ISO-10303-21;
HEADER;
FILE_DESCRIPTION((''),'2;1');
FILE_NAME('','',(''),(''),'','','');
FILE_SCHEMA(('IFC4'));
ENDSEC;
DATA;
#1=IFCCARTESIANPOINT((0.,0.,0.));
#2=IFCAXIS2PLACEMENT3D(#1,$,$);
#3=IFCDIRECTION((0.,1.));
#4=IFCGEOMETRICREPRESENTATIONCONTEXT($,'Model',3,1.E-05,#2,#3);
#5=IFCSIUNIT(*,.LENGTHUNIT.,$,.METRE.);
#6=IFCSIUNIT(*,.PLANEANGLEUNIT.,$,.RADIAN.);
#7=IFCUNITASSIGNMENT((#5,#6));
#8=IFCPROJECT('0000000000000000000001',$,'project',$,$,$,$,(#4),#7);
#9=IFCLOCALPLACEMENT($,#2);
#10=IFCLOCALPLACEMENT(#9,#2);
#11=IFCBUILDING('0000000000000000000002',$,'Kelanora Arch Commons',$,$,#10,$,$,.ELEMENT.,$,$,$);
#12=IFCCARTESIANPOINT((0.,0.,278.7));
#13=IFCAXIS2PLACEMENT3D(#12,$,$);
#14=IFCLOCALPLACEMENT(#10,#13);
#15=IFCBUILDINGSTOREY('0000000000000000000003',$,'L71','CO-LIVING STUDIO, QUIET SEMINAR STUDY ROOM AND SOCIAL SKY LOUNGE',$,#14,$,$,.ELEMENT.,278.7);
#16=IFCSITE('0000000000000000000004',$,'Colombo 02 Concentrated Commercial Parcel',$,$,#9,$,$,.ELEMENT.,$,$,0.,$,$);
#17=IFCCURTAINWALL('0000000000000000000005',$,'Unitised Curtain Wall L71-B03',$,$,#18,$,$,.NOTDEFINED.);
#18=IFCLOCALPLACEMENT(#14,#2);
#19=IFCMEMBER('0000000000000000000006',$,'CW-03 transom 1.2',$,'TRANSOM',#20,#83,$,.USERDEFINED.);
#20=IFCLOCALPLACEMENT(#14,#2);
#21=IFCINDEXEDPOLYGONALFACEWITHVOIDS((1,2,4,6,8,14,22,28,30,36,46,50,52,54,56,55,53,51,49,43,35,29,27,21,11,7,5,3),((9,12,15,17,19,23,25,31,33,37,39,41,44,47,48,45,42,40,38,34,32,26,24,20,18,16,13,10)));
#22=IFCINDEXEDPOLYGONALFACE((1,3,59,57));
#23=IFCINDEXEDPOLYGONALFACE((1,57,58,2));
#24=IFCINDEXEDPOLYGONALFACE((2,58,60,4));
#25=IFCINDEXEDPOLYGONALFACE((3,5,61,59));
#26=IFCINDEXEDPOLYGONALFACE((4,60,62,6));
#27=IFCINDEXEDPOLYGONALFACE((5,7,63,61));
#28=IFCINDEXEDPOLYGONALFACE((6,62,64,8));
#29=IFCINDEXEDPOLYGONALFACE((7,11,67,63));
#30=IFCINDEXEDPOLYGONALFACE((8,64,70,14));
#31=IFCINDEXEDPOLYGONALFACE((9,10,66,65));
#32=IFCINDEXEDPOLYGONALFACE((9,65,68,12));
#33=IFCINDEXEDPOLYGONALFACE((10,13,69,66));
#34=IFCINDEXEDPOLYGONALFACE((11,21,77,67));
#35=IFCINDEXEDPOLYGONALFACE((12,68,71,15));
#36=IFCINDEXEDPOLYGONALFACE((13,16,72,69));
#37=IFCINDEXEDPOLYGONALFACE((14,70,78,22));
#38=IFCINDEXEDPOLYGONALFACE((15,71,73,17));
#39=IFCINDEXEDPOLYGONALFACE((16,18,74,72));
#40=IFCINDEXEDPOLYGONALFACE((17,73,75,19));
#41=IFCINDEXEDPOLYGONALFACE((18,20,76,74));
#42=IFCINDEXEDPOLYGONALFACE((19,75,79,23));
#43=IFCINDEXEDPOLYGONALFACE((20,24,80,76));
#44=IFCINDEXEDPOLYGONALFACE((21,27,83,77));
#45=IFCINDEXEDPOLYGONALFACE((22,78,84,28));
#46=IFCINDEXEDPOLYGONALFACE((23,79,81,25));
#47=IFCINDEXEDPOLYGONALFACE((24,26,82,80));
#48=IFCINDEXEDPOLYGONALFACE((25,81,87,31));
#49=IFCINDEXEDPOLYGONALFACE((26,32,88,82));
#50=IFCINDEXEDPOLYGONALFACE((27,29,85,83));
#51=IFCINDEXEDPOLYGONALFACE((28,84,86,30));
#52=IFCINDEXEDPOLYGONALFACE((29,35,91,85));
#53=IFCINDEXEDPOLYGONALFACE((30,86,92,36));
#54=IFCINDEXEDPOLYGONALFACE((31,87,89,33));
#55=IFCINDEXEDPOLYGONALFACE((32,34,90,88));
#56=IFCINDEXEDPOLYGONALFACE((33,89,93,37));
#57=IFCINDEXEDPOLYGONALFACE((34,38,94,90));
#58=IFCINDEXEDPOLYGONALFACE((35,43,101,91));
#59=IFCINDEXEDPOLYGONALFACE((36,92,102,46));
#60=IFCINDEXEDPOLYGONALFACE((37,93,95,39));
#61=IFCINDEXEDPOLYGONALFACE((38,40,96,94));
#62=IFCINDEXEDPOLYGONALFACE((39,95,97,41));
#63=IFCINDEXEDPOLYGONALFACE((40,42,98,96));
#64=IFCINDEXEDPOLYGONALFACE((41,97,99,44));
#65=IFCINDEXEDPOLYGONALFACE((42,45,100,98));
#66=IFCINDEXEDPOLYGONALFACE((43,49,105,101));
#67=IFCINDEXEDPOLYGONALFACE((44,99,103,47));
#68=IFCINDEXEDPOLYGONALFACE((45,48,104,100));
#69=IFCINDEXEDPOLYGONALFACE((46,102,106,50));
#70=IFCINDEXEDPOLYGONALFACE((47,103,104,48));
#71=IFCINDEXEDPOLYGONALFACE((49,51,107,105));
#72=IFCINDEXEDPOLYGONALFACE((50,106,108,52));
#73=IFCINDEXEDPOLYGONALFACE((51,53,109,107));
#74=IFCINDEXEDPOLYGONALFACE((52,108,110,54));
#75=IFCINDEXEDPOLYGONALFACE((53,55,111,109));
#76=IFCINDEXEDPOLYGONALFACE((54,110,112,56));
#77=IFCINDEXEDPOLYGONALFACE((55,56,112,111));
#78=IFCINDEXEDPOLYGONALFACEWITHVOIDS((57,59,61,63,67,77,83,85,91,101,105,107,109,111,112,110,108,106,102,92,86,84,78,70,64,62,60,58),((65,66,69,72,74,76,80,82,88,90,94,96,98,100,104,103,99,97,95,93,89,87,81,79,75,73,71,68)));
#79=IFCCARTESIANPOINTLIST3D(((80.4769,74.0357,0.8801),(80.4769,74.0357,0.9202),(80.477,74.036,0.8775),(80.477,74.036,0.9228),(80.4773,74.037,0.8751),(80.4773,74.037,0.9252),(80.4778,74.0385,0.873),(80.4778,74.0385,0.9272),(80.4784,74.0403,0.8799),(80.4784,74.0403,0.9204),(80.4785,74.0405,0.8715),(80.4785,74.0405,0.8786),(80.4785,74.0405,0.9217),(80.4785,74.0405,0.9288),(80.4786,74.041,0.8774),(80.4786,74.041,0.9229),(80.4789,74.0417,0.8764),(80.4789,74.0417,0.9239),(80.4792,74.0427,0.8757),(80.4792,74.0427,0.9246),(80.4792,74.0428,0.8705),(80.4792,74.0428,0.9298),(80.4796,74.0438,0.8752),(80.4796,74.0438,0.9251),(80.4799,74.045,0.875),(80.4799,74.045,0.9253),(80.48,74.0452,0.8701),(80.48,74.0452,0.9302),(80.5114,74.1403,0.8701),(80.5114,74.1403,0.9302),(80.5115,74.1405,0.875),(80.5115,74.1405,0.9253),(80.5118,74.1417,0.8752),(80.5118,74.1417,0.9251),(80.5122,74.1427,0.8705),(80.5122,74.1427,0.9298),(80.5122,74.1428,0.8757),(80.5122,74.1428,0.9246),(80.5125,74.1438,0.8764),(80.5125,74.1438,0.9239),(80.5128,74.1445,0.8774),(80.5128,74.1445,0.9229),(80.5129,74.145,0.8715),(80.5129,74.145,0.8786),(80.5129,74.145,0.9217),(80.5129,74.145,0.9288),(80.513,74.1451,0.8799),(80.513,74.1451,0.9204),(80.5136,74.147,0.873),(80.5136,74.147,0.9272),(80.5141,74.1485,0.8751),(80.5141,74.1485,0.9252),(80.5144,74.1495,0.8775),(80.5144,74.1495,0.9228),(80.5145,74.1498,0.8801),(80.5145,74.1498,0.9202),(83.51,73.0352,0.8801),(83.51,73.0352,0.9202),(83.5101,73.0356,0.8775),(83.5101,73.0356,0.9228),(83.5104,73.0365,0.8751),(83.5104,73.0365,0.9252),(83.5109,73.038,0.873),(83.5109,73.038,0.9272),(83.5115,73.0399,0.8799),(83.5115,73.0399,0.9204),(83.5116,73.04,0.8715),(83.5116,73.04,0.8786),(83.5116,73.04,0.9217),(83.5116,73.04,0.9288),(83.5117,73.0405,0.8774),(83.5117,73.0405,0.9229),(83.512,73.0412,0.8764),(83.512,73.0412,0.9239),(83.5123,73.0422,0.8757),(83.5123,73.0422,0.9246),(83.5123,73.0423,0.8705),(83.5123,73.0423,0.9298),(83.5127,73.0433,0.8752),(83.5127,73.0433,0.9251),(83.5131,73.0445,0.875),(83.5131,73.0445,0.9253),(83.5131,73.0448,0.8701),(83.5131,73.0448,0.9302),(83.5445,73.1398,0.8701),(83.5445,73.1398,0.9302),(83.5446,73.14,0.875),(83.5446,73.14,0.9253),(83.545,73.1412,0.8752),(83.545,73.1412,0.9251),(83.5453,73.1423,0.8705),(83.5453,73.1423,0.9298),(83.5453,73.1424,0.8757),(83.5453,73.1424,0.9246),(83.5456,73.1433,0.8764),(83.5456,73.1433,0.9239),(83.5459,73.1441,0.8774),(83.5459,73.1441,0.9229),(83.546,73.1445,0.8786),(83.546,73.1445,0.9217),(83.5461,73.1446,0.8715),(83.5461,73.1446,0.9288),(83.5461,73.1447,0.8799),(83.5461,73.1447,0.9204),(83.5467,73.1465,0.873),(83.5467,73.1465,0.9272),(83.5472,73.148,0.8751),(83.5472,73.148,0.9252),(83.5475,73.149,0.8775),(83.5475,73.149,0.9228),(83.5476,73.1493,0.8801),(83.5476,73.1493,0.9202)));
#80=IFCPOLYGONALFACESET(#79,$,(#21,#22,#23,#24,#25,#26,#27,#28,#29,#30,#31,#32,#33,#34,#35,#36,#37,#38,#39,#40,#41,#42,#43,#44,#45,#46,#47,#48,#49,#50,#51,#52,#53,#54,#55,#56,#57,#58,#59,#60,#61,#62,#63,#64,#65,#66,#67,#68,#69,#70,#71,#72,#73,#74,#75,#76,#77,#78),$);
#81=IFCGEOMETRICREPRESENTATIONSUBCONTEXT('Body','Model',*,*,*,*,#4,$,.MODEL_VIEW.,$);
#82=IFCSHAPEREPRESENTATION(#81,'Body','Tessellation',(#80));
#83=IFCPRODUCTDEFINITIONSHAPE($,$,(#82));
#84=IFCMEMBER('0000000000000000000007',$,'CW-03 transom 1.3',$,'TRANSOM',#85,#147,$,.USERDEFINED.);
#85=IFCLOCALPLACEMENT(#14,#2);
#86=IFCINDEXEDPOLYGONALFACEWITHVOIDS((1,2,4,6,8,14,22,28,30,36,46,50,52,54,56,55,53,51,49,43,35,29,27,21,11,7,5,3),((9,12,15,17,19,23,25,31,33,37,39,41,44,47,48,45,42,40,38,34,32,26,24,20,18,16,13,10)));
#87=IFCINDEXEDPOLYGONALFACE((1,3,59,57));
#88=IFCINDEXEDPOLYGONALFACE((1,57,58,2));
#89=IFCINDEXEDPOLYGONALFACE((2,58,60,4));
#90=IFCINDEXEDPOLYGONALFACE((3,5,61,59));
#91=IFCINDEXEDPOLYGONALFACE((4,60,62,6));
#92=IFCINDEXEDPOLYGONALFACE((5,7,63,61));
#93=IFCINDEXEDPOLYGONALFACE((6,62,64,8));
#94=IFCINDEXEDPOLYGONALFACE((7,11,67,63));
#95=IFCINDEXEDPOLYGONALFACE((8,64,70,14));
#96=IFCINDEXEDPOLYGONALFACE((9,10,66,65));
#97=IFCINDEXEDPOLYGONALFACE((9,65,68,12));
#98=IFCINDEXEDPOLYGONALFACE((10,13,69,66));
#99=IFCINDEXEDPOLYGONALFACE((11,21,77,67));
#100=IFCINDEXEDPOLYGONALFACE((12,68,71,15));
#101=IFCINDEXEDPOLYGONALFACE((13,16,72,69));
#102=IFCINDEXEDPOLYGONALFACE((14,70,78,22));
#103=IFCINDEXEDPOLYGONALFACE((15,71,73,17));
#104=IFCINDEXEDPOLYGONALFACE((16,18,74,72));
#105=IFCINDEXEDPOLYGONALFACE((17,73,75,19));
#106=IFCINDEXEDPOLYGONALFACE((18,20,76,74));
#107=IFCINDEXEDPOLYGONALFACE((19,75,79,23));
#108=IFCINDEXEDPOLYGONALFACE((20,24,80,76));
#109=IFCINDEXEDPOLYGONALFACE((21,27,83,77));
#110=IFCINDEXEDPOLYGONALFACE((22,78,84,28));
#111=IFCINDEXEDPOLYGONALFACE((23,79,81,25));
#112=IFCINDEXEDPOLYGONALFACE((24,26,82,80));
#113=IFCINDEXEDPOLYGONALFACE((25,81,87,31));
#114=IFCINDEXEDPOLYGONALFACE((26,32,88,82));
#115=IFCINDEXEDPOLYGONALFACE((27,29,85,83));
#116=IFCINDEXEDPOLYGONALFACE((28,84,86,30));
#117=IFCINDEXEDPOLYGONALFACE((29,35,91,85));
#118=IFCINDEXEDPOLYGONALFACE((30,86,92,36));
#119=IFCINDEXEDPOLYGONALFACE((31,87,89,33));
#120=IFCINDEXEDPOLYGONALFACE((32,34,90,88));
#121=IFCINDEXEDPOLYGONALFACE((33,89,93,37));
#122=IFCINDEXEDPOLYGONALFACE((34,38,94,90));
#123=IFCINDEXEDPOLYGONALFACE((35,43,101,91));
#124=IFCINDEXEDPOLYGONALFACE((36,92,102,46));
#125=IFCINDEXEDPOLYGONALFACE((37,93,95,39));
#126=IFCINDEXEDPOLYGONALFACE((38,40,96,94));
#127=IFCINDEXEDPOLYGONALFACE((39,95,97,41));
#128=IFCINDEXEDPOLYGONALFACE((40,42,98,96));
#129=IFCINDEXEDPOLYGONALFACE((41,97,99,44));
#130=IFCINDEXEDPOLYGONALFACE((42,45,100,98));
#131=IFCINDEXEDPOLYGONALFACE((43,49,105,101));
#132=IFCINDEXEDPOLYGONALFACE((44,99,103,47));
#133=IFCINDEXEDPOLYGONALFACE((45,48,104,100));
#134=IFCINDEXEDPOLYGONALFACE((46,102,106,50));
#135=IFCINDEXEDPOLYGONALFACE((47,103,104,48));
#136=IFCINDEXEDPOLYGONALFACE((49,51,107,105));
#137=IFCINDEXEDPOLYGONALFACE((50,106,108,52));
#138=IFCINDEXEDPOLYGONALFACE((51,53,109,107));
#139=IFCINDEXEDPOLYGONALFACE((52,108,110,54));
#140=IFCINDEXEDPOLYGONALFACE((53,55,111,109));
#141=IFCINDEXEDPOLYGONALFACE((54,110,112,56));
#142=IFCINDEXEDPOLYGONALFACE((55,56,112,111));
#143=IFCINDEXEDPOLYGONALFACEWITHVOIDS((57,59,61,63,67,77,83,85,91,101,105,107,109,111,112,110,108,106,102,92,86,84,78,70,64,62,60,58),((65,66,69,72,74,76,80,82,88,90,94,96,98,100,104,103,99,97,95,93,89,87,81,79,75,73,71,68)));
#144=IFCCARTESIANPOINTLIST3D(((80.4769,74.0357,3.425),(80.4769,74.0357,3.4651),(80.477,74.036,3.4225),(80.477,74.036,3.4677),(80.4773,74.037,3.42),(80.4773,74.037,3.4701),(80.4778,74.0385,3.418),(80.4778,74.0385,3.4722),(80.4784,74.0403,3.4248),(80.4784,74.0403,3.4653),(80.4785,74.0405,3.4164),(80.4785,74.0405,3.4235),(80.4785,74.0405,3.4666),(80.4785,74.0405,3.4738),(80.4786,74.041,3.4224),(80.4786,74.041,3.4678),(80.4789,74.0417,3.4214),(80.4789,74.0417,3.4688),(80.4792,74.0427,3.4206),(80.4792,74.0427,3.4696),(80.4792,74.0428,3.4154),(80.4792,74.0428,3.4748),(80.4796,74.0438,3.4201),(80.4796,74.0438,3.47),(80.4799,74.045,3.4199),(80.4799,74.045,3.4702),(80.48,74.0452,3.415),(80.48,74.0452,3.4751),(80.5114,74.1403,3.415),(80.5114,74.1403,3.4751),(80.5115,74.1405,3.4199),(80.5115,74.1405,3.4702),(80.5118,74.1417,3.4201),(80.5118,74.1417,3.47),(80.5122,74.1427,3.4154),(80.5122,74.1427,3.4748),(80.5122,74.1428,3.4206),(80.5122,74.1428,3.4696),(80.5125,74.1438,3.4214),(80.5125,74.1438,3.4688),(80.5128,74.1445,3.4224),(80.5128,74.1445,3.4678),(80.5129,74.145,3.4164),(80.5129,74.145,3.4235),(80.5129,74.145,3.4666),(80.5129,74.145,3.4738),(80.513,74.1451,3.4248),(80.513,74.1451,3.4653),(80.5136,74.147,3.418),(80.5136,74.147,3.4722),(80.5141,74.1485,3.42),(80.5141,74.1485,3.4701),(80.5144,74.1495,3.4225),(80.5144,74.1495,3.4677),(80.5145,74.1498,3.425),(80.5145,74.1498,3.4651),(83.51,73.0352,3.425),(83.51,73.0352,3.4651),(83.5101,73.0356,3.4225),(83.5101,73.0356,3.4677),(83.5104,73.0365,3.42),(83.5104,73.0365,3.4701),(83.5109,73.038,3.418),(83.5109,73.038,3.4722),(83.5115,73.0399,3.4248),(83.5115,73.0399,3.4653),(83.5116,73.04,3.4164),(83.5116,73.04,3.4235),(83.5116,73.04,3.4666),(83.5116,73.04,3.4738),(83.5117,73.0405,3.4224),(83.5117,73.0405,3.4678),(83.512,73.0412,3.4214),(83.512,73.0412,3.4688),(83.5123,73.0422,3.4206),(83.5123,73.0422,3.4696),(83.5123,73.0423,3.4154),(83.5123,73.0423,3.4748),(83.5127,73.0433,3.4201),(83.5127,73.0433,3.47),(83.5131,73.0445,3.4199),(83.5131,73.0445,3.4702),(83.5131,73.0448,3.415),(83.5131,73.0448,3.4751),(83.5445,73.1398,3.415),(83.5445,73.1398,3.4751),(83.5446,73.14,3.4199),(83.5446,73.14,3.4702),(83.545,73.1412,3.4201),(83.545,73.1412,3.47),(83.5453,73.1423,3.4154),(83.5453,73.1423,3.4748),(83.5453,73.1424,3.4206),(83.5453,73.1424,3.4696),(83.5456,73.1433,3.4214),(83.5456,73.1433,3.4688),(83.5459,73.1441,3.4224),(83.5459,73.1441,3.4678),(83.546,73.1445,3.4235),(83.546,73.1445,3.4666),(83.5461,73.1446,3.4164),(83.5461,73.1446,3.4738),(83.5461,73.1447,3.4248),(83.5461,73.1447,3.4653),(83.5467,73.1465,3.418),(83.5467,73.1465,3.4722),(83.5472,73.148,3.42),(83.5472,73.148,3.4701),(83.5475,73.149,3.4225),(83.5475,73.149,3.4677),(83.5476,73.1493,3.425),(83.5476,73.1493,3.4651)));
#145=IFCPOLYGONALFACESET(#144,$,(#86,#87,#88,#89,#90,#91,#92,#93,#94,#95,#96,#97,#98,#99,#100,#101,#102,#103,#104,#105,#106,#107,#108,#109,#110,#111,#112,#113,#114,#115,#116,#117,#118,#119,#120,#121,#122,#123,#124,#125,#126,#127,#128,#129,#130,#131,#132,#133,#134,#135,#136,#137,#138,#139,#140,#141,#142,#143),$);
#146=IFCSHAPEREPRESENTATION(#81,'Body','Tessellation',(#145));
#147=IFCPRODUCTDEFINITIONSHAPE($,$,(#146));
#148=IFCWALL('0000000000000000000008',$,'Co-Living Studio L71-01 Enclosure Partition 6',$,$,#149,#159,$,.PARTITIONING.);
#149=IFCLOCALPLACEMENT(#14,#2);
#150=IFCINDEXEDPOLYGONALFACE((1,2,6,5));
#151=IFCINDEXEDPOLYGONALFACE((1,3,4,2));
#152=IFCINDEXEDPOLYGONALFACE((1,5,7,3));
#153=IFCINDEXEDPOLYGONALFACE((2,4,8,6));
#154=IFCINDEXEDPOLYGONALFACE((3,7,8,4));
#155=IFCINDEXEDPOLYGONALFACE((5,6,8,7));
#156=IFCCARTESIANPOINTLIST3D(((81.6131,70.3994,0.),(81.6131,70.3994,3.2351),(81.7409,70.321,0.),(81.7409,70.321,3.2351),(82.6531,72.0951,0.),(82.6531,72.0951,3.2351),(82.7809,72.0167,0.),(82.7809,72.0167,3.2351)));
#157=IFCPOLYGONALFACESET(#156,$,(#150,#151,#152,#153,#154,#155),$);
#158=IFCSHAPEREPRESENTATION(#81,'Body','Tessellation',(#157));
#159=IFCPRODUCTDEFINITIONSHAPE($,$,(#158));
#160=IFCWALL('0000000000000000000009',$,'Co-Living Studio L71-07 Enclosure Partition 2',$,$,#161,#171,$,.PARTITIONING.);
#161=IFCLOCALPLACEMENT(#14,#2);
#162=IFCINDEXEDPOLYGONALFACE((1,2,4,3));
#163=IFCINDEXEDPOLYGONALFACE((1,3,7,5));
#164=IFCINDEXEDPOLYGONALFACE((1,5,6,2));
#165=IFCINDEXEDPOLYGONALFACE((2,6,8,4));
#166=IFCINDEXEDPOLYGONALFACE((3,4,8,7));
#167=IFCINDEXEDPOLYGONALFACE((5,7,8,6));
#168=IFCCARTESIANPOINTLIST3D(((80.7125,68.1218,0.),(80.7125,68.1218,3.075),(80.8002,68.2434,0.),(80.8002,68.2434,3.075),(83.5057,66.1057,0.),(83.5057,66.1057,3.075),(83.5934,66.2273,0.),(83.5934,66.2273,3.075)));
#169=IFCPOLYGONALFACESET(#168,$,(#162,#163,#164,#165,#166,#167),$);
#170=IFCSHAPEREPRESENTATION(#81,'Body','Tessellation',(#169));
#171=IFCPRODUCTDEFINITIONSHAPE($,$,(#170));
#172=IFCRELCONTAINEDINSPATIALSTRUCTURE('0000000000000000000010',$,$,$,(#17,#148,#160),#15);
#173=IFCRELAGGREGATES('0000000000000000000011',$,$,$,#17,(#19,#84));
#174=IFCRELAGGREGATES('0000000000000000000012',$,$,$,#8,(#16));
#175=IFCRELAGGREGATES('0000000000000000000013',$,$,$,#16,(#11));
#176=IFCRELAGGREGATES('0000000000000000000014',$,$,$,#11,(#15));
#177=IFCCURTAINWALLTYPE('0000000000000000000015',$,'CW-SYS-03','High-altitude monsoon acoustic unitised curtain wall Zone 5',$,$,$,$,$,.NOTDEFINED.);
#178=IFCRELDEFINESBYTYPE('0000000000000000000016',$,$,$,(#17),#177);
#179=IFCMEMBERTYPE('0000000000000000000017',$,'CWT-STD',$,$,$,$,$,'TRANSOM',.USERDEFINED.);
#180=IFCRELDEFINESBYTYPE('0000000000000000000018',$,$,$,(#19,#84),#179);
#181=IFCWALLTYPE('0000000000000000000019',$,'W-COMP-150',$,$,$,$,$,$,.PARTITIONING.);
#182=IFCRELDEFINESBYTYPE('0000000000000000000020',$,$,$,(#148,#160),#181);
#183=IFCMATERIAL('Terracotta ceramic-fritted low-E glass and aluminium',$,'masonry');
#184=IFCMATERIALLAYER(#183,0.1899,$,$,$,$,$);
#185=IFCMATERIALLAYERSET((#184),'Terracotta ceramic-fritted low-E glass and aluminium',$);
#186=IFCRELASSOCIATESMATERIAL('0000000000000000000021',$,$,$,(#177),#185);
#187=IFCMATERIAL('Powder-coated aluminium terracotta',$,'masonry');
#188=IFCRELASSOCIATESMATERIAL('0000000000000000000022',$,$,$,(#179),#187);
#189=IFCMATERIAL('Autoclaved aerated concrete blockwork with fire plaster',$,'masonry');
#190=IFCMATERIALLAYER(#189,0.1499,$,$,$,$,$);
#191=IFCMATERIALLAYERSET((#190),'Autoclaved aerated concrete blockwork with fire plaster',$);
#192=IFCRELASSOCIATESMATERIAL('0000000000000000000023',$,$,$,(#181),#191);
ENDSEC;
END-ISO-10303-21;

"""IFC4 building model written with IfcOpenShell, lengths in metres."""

from ifc_helpers import new_model, si_unit, direction, frame, frame_2d, origin, origin_2d, place, context, subcontext, project, spatial, rectangle, hollow_rectangle, extrude, material, layer, layer_set, material_profile, profile_set, type_object, element, aggregate, save


model = new_model("IFC4")

# Units and contexts
model_context = context("Model", 3, precision=1e-05, world=origin(), true_north=direction((0.0, 1.0)))
body_context = subcontext(model_context, "Body", "Model", "MODEL_VIEW")
ifc_project = project(units=[si_unit("LENGTHUNIT", "METRE"), si_unit("PLANEANGLEUNIT", "RADIAN")], contexts=[model_context])

# Site, building, storey
site_placement = place(None, origin())
site = spatial("IfcSite", under=ifc_project, at=site_placement, Name="Colombo 02 Concentrated Commercial Parcel", CompositionType="ELEMENT", RefElevation=0.0)
building_placement = place(site_placement, origin())
building = spatial("IfcBuilding", under=site, at=building_placement, Name="Kelanora Arch Commons", CompositionType="ELEMENT")
storey_placement = place(building_placement, frame((0.0, 0.0, 278.7)))
storey = spatial("IfcBuildingStorey", under=building, at=storey_placement, Name="L71", Description="CO-LIVING STUDIO, QUIET SEMINAR STUDY ROOM AND SOCIAL SKY LOUNGE", CompositionType="ELEMENT", Elevation=278.7)

# Curtain wall, members
ifc_material_1 = material(Name="Terracotta ceramic-fritted low-E glass and aluminium", Category="masonry")
ifc_layer_1 = layer(ifc_material_1, 0.1899)
ifc_layer_set_1 = layer_set([ifc_layer_1], Name="Terracotta ceramic-fritted low-E glass and aluminium")
curtain_wall_type = type_object("IfcCurtainWallType", Name="CW-SYS-03", Description="High-altitude monsoon acoustic unitised curtain wall Zone 5", PredefinedType="NOTDEFINED", material=ifc_layer_set_1)
curtain_wall_placement = place(storey_placement, origin())
curtain_wall = element("IfcCurtainWall", 1, at=curtain_wall_placement, inside=storey, type_object=curtain_wall_type, Name="Unitised Curtain Wall L71-B03", PredefinedType="NOTDEFINED")
ifc_material_2 = material(Name="Powder-coated aluminium terracotta", Category="masonry")
ifc_material_profile_1 = material_profile(ifc_material_2, hollow_rectangle(XDim=0.1201, YDim=0.0601, WallThickness=0.0049, InnerFilletRadius=0.0049, OuterFilletRadius=0.01, at=origin_2d()), Name="CWT120x60")
ifc_profile_set_1 = profile_set([ifc_material_profile_1], Name="Powder-coated aluminium terracotta")
member_type_1 = type_object("IfcMemberType", Name="CWT-STD", ElementType="TRANSOM", PredefinedType="USERDEFINED", material=ifc_profile_set_1)
member_1_placement = place(storey_placement, frame((83.5288, 73.0923, 0.9001), z_axis=(-0.949672, 0.313245, 0.0), x_axis=(-0.313245, -0.949672, 0.0)))
member_1 = element("IfcMember", 2, at=member_1_placement, type_object=member_type_1, Name="CW-03 transom 1.2", ObjectType="TRANSOM", PredefinedType="USERDEFINED", context=body_context, shape_type="SweptSolid", body=[
    extrude(hollow_rectangle(XDim=0.1201, YDim=0.0601, WallThickness=0.0049, InnerFilletRadius=0.0049, OuterFilletRadius=0.01, at=origin_2d()), origin(), (0.0, 0.0, 1.0), 3.1938),
])
member_2_placement = place(storey_placement, frame((83.5288, 73.0923, 3.4451), z_axis=(-0.949672, 0.313245, 0.0), x_axis=(-0.313245, -0.949672, 0.0)))
member_2 = element("IfcMember", 3, at=member_2_placement, type_object=member_type_1, Name="CW-03 transom 1.3", ObjectType="TRANSOM", PredefinedType="USERDEFINED", context=body_context, shape_type="SweptSolid", body=[
    extrude(hollow_rectangle(XDim=0.1201, YDim=0.0601, WallThickness=0.0049, InnerFilletRadius=0.0049, OuterFilletRadius=0.01, at=origin_2d()), origin(), (0.0, 0.0, 1.0), 3.1938),
])
aggregate(curtain_wall, [member_1, member_2])

# Walls
ifc_material_3 = material(Name="Autoclaved aerated concrete blockwork with fire plaster", Category="masonry")
ifc_layer_2 = layer(ifc_material_3, 0.1499)
ifc_layer_set_2 = layer_set([ifc_layer_2], Name="Autoclaved aerated concrete blockwork with fire plaster")
wall_type_1 = type_object("IfcWallType", Name="W-COMP-150", PredefinedType="PARTITIONING", material=ifc_layer_set_2)
wall_1_placement = place(storey_placement, frame((82.717, 72.0559, 0.0), z_axis=(0.0, 0.0, 1.0), x_axis=(-0.52281, -0.85245, 0.0)))
element("IfcWall", 4, at=wall_1_placement, inside=storey, type_object=wall_type_1, Name="Co-Living Studio L71-01 Enclosure Partition 6", PredefinedType="PARTITIONING", context=body_context, shape_type="SweptSolid", body=[
    extrude(rectangle(XDim=1.9893, YDim=0.1499, at=frame_2d((0.9946, 0.0))), origin(), (0.0, 0.0, 1.0), 3.2351),
])
wall_2_placement = place(storey_placement, frame((83.5496, 66.1665, 0.0), z_axis=(0.0, 0.0, 1.0), x_axis=(-0.810846, 0.58526, 0.0)))
element("IfcWall", 5, at=wall_2_placement, inside=storey, type_object=wall_type_1, Name="Co-Living Studio L71-07 Enclosure Partition 2", PredefinedType="PARTITIONING", context=body_context, shape_type="SweptSolid", body=[
    extrude(rectangle(XDim=3.4448, YDim=0.1499, at=frame_2d((1.7224, 0.0))), origin(), (0.0, 0.0, 1.0), 3.075),
])

save(model, "model.ifc")
